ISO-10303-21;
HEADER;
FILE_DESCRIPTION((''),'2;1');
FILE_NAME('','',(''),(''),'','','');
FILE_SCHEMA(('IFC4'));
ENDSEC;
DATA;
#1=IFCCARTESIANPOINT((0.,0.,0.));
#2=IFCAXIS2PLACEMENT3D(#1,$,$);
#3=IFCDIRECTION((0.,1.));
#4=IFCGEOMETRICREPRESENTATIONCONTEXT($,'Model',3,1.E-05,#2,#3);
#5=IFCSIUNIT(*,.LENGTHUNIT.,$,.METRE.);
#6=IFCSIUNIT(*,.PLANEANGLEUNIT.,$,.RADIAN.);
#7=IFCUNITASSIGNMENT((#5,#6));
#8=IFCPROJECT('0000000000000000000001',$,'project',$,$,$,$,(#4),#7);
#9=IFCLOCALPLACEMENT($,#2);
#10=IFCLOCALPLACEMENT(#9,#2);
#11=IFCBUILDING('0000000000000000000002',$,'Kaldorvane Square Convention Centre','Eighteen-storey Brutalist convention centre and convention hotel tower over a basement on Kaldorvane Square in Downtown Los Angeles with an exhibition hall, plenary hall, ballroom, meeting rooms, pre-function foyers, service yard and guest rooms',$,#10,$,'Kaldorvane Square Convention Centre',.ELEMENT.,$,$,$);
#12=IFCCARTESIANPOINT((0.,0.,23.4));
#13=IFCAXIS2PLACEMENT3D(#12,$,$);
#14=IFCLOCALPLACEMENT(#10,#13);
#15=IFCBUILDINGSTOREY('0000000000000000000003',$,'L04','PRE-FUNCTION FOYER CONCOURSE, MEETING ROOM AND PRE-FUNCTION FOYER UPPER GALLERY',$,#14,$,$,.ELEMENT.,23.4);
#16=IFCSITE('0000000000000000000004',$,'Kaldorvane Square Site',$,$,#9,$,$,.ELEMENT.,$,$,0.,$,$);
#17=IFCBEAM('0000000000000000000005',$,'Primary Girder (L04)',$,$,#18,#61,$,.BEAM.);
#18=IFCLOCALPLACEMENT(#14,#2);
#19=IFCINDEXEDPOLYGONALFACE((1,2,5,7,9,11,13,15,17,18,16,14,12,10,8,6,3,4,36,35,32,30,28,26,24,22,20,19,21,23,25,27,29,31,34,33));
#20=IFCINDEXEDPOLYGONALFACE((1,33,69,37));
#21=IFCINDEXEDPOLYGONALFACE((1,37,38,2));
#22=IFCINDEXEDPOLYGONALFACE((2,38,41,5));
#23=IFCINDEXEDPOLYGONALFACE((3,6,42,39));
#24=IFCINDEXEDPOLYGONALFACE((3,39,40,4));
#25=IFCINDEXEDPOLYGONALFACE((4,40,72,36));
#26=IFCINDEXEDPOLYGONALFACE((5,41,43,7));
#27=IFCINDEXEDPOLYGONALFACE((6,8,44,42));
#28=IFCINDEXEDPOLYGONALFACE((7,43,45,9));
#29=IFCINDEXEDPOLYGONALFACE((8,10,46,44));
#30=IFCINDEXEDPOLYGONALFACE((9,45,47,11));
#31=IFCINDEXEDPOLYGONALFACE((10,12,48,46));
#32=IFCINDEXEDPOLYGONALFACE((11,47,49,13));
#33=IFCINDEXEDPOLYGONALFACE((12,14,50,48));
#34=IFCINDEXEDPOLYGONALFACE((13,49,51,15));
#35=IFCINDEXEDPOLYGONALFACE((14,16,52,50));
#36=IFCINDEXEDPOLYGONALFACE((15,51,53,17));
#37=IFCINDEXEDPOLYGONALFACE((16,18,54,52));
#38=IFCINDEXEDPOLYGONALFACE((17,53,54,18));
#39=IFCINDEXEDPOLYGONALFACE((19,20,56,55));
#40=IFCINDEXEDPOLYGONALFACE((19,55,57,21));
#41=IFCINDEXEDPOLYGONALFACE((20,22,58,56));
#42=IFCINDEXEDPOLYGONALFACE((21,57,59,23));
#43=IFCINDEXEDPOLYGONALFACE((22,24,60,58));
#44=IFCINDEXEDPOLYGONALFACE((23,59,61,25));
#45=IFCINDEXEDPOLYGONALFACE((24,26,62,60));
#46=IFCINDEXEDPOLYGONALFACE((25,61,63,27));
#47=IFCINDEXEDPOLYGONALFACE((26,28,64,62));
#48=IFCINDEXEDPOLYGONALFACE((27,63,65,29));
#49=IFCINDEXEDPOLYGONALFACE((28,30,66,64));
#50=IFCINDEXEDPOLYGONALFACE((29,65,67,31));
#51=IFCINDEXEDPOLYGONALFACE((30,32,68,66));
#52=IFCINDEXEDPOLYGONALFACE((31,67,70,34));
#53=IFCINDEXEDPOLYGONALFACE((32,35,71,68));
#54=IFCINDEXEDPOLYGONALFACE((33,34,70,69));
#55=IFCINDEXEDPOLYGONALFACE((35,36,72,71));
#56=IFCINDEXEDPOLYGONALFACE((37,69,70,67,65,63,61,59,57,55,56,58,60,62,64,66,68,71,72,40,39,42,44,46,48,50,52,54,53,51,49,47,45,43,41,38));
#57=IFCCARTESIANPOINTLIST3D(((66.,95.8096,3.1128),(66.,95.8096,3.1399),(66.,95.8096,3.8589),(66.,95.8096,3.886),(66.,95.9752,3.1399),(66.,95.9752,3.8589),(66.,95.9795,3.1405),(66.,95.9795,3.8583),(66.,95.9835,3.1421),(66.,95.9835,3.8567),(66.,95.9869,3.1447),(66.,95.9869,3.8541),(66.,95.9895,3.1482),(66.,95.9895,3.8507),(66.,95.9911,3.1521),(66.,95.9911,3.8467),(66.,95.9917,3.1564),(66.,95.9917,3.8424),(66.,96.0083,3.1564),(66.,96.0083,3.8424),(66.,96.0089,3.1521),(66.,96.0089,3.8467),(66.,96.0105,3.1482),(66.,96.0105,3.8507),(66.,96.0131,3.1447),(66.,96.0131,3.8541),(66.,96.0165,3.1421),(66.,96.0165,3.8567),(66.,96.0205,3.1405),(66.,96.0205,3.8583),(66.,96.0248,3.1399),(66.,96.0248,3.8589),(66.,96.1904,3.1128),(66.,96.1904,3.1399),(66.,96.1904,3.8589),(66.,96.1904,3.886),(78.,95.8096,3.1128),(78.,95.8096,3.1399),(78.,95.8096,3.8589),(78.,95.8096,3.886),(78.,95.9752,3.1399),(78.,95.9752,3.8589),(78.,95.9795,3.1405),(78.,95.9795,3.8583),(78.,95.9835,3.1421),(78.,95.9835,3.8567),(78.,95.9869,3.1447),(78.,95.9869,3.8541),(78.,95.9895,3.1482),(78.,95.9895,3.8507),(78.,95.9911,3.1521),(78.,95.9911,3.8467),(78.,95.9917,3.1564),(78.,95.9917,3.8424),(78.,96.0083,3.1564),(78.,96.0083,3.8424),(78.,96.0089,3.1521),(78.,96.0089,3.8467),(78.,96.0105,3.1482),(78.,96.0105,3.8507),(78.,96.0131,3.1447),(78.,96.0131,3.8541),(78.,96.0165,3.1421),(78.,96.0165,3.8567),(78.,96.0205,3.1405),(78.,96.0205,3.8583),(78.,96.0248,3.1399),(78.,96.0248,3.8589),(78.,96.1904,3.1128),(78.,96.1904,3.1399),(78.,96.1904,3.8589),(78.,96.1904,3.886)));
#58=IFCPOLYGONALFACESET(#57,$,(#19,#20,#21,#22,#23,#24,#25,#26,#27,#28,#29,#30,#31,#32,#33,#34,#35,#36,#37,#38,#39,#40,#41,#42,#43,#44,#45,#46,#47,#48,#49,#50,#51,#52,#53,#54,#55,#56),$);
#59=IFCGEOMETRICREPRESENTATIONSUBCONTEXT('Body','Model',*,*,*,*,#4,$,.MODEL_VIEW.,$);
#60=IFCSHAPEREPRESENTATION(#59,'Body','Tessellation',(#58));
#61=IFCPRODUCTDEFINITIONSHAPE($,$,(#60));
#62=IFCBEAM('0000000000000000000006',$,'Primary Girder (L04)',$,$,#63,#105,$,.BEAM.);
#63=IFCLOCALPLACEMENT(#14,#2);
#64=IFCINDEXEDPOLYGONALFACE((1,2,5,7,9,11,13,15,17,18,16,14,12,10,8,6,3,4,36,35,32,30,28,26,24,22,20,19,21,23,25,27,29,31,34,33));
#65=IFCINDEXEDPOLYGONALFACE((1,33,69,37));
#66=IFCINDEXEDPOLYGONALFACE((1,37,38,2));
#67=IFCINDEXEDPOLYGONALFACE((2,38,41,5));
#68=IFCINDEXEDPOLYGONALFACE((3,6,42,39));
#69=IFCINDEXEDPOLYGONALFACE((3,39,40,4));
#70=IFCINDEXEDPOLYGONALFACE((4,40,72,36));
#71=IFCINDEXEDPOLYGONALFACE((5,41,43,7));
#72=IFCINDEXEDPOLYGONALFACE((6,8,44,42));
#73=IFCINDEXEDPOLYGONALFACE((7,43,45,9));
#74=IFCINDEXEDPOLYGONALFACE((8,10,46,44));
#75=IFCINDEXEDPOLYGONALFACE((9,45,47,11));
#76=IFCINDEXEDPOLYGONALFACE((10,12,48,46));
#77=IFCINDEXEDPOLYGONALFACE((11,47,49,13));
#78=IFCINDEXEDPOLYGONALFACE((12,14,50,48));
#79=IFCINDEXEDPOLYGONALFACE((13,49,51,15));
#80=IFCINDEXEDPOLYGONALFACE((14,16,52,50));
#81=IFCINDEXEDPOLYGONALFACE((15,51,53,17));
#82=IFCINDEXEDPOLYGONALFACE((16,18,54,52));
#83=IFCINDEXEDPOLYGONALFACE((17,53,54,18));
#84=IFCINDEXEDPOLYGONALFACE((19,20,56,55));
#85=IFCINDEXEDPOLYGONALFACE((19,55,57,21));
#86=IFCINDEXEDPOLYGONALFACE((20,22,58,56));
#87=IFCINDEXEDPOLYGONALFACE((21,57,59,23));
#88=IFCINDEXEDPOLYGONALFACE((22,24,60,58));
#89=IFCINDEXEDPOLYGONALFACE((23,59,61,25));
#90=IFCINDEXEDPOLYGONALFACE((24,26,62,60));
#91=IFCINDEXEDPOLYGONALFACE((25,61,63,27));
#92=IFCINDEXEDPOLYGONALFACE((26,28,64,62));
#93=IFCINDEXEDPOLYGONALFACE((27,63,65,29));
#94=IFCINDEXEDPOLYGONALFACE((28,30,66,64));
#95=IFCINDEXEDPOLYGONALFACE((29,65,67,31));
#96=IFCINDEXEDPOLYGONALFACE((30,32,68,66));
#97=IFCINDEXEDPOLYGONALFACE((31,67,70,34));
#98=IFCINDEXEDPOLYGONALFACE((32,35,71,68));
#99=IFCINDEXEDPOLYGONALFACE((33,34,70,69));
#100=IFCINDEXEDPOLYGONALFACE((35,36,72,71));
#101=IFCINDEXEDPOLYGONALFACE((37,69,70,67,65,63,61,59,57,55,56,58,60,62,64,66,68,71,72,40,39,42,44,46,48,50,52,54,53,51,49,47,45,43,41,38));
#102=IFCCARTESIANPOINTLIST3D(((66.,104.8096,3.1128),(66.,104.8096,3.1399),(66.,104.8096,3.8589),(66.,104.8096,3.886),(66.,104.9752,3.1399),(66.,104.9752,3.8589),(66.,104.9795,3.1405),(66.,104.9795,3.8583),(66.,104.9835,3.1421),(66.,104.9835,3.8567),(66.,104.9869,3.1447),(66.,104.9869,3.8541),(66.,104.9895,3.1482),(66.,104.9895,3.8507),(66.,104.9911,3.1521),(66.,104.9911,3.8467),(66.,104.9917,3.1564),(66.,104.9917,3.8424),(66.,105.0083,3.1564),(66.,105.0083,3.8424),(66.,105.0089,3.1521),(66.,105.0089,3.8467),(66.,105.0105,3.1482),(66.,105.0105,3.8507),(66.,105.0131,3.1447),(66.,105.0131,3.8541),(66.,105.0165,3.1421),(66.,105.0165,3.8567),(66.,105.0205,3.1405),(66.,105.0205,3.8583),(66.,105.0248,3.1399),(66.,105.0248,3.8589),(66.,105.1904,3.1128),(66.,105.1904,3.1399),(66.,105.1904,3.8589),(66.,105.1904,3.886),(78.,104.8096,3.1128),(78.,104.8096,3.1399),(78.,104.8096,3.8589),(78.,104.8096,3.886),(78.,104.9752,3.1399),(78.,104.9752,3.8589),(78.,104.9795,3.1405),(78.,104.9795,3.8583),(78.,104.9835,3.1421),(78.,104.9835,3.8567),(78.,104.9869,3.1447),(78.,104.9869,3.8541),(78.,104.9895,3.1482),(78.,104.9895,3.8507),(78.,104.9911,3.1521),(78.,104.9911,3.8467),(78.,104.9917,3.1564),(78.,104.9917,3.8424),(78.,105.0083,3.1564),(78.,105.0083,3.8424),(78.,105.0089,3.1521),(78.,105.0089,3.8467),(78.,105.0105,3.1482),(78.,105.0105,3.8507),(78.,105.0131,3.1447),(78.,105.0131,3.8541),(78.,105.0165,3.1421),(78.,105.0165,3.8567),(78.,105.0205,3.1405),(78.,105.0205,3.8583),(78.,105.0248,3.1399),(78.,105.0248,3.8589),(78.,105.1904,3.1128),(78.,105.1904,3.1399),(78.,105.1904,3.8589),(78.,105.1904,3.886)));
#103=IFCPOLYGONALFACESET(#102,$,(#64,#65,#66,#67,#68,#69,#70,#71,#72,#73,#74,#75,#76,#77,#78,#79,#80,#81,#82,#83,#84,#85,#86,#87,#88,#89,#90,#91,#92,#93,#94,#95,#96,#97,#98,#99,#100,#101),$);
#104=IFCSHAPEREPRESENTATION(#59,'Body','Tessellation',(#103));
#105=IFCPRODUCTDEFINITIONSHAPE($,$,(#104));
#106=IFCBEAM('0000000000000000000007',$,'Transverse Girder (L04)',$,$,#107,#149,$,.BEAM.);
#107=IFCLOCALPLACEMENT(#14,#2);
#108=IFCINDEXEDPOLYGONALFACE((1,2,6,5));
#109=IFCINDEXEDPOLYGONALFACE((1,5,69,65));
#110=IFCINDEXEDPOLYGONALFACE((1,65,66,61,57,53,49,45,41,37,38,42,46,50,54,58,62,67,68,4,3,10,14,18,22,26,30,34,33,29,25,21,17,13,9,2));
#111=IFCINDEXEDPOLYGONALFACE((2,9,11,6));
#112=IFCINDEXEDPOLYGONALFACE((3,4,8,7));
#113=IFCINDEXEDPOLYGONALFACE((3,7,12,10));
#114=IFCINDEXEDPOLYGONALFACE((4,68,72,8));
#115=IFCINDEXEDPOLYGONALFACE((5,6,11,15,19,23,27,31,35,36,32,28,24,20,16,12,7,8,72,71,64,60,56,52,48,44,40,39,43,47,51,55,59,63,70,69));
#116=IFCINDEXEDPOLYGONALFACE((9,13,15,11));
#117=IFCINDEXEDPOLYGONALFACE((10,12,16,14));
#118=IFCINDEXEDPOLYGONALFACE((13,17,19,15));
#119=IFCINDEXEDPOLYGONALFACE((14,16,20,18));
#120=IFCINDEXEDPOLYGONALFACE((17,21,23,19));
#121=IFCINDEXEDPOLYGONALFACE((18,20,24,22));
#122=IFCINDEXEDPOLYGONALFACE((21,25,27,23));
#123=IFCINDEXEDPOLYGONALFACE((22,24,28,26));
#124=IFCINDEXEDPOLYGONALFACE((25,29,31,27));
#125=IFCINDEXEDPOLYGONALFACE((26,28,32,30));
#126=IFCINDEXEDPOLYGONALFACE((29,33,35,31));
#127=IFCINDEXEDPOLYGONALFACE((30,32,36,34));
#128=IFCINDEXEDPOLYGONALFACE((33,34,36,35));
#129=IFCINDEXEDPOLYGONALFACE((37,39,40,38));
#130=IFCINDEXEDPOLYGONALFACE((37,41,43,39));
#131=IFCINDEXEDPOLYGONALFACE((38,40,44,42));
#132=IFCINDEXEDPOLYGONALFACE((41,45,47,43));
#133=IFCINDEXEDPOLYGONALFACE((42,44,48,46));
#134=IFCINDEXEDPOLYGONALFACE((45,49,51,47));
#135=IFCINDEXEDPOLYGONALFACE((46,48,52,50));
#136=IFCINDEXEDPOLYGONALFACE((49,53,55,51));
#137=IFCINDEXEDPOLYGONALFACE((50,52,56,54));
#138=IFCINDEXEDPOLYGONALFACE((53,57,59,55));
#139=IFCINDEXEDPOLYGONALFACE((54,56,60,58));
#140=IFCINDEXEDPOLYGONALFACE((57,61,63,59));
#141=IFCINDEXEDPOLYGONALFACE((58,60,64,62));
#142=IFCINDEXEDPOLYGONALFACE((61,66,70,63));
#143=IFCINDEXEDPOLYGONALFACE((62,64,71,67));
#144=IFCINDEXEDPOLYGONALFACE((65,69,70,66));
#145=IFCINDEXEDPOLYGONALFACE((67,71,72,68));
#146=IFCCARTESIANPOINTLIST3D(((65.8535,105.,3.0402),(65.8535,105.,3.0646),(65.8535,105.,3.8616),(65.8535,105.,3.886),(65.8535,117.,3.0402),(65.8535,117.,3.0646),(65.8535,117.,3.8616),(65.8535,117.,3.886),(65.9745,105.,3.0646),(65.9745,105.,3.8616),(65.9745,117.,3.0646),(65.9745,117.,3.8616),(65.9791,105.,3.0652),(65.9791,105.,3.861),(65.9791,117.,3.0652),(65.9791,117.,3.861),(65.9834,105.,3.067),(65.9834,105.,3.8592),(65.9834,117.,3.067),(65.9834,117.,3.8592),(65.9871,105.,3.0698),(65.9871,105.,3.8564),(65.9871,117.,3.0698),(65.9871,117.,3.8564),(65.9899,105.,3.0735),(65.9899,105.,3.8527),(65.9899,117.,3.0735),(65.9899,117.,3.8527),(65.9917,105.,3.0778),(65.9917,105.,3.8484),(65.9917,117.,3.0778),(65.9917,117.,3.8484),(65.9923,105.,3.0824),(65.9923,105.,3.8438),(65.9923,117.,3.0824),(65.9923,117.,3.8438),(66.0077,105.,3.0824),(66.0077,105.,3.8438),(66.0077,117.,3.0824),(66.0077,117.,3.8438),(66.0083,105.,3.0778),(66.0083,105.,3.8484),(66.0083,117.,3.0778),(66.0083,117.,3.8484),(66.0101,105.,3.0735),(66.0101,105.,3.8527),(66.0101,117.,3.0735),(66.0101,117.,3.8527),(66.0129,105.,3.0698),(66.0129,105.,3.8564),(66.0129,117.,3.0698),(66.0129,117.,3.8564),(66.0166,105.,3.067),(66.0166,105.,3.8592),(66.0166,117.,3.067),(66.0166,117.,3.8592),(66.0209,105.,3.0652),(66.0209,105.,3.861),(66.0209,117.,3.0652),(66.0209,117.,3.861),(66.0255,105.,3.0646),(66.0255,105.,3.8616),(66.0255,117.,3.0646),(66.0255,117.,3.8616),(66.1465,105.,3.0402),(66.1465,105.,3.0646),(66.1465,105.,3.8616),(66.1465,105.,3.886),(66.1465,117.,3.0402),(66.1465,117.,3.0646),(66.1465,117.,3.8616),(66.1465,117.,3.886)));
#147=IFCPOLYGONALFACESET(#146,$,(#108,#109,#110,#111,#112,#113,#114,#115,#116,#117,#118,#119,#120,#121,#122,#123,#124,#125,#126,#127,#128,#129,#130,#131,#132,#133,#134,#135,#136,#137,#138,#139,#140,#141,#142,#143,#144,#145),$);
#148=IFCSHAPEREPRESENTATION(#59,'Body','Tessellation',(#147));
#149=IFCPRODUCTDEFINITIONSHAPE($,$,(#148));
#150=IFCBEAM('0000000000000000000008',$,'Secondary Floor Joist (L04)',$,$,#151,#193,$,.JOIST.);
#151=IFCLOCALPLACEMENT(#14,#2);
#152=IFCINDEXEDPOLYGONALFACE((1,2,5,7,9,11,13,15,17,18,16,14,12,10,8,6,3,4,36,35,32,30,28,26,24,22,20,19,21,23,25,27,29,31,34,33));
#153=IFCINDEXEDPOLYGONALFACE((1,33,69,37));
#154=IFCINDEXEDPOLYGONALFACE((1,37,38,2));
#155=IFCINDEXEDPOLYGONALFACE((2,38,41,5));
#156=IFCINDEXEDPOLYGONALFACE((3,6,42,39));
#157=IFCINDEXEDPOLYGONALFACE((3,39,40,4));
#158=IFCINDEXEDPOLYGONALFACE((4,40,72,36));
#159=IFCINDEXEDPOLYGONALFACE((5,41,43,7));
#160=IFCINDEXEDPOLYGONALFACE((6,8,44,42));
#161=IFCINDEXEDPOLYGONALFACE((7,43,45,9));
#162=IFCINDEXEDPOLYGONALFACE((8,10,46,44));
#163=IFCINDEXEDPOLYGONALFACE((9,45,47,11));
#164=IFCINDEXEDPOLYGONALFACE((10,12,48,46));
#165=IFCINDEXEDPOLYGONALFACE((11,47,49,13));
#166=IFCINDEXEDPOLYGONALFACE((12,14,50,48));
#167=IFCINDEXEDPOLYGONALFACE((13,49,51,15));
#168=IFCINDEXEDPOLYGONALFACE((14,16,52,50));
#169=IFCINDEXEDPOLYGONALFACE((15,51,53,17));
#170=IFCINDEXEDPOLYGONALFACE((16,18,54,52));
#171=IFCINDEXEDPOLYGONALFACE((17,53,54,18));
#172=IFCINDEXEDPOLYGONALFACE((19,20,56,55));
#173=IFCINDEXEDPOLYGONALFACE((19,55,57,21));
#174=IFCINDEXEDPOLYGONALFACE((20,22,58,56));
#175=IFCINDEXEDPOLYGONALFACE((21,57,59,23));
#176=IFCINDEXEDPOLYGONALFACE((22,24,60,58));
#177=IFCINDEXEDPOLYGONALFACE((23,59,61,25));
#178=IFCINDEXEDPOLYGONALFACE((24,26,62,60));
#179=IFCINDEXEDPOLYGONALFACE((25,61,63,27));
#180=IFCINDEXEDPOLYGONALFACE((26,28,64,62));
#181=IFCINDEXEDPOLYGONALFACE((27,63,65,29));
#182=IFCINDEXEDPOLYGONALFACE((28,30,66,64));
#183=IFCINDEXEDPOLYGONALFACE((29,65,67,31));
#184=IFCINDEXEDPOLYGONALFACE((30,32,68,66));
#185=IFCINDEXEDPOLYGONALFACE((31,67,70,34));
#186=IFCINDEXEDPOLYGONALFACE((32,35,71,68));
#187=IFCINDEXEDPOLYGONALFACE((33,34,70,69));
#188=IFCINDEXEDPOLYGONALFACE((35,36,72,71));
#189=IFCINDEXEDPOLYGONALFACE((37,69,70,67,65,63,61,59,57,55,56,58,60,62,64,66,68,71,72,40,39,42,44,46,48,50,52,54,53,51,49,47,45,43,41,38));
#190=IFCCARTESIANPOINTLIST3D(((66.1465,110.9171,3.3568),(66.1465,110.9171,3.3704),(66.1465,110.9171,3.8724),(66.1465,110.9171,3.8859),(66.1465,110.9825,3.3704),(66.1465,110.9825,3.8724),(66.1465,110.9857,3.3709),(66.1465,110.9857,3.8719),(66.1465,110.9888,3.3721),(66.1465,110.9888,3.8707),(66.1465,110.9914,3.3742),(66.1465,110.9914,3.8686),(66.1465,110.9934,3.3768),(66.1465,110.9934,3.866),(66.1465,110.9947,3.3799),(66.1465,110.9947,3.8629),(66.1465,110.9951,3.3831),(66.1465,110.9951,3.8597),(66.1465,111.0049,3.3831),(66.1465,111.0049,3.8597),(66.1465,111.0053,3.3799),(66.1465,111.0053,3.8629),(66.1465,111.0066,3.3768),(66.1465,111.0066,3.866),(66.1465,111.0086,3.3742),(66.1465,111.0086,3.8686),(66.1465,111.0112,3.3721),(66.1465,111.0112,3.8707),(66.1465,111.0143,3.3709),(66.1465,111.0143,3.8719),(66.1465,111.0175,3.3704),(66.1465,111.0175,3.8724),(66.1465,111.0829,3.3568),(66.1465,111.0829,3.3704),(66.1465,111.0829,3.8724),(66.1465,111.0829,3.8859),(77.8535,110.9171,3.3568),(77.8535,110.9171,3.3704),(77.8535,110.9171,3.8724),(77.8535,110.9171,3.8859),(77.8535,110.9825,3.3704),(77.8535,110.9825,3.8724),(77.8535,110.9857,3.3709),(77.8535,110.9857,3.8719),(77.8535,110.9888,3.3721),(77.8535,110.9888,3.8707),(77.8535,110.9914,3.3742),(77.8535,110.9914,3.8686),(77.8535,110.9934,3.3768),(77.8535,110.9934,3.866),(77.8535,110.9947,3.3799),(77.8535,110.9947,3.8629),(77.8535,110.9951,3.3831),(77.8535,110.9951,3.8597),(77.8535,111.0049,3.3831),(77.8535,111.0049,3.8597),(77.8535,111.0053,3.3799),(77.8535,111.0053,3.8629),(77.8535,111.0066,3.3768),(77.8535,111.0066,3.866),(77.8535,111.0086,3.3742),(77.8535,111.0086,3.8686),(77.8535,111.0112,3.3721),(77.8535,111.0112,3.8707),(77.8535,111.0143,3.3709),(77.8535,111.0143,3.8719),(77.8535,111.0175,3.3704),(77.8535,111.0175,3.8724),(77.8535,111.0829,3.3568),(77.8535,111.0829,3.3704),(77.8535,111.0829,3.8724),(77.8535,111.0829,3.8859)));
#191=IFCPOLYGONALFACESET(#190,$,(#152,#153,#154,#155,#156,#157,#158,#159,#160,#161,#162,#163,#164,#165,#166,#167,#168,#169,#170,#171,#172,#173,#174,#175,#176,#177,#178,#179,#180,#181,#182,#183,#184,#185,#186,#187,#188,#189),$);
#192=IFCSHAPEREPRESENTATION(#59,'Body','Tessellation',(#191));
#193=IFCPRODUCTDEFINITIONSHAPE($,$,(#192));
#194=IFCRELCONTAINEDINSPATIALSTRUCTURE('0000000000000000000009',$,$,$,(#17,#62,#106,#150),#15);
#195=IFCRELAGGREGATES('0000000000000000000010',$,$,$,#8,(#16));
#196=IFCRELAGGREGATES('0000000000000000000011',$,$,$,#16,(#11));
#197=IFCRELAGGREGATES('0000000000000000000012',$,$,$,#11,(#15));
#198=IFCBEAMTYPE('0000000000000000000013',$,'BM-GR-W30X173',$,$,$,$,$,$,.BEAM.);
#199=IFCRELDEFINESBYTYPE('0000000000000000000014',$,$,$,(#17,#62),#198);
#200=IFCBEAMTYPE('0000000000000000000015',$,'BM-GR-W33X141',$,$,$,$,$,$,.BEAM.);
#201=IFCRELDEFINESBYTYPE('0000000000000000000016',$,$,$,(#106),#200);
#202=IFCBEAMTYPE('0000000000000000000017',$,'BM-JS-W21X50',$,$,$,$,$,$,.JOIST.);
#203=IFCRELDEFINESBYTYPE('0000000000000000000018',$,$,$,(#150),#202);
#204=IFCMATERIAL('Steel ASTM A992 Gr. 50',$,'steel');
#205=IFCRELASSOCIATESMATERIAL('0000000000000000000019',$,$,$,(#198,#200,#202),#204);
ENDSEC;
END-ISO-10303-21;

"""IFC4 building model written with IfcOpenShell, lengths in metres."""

from ifc_helpers import new_model, si_unit, direction, frame, origin, origin_2d, place, context, subcontext, project, spatial, i_section, extrude, material, material_profile, profile_set, type_object, element, save


model = new_model("IFC4")

# Units and contexts
model_context = context("Model", 3, precision=1e-05, world=origin(), true_north=direction((0.0, 1.0)))
body_context = subcontext(model_context, "Body", "Model", "MODEL_VIEW")
ifc_project = project(units=[si_unit("LENGTHUNIT", "METRE"), si_unit("PLANEANGLEUNIT", "RADIAN")], contexts=[model_context])

# Site, building, storey
site_placement = place(None, origin())
site = spatial("IfcSite", under=ifc_project, at=site_placement, Name="Kaldorvane Square Site", CompositionType="ELEMENT", RefElevation=0.0)
building_placement = place(site_placement, origin())
building = spatial("IfcBuilding", under=site, at=building_placement, Name="Kaldorvane Square Convention Centre", Description="Eighteen-storey Brutalist convention centre and convention hotel tower over a basement on Kaldorvane Square in Downtown Los Angeles with an exhibition hall, plenary hall, ballroom, meeting rooms, pre-function foyers, service yard and guest rooms", LongName="Kaldorvane Square Convention Centre", CompositionType="ELEMENT")
storey_placement = place(building_placement, frame((0.0, 0.0, 23.4)))
storey = spatial("IfcBuildingStorey", under=building, at=storey_placement, Name="L04", Description="PRE-FUNCTION FOYER CONCOURSE, MEETING ROOM AND PRE-FUNCTION FOYER UPPER GALLERY", CompositionType="ELEMENT", Elevation=23.4)

# Shared definitions
ifc_material_1 = material(Name="Steel ASTM A992 Gr. 50", Category="steel")

# Beams
ifc_material_profile_1 = material_profile(ifc_material_1, i_section(OverallWidth=0.3807, OverallDepth=0.7732, WebThickness=0.0166, FlangeThickness=0.0271, FilletRadius=0.0165, at=origin_2d()), Name="W30X173")
ifc_profile_set_1 = profile_set([ifc_material_profile_1], Name="Steel ASTM A992 Gr. 50")
beam_type_1 = type_object("IfcBeamType", Name="BM-GR-W30X173", PredefinedType="BEAM", material=ifc_profile_set_1)
for number, where, z_axis, x_axis, name in (
    (1, (66.0, 96.0, 3.4994), (1.0, 0.0, 0.0), (0.0, 1.0, 0.0), "Primary Girder (L04)"),
    (2, (66.0, 105.0, 3.4994), (1.0, 0.0, 0.0), (0.0, 1.0, 0.0), "Primary Girder (L04)"),
):
    element("IfcBeam", number, at=place(storey_placement, frame(where, z_axis=z_axis, x_axis=x_axis)), inside=storey, type_object=beam_type_1, Name=name, PredefinedType="BEAM", context=body_context, shape_type="SweptSolid", body=[
        extrude(i_section(OverallWidth=0.3807, OverallDepth=0.7732, WebThickness=0.0166, FlangeThickness=0.0271, FilletRadius=0.0165, at=origin_2d()), origin(), (0.0, 0.0, 1.0), 12.0),
    ])
ifc_material_profile_2 = material_profile(ifc_material_1, i_section(OverallWidth=0.293, OverallDepth=0.8458, WebThickness=0.0154, FlangeThickness=0.0244, FilletRadius=0.0178, at=origin_2d()), Name="W33X141")
ifc_profile_set_2 = profile_set([ifc_material_profile_2], Name="Steel ASTM A992 Gr. 50")
beam_type_2 = type_object("IfcBeamType", Name="BM-GR-W33X141", PredefinedType="BEAM", material=ifc_profile_set_2)
beam_1_placement = place(storey_placement, frame((66.0, 105.0, 3.4631), z_axis=(0.0, 1.0, 0.0), x_axis=(-1.0, 0.0, 0.0)))
element("IfcBeam", 3, at=beam_1_placement, inside=storey, type_object=beam_type_2, Name="Transverse Girder (L04)", PredefinedType="BEAM", context=body_context, shape_type="SweptSolid", body=[
    extrude(i_section(OverallWidth=0.293, OverallDepth=0.8458, WebThickness=0.0154, FlangeThickness=0.0244, FilletRadius=0.0178, at=origin_2d()), origin(), (0.0, 0.0, 1.0), 12.0),
])
ifc_material_profile_3 = material_profile(ifc_material_1, i_section(OverallWidth=0.1659, OverallDepth=0.5291, WebThickness=0.0097, FlangeThickness=0.0136, FilletRadius=0.0127, at=origin_2d()), Name="W21X50")
ifc_profile_set_3 = profile_set([ifc_material_profile_3], Name="Steel ASTM A992 Gr. 50")
beam_type_3 = type_object("IfcBeamType", Name="BM-JS-W21X50", PredefinedType="JOIST", material=ifc_profile_set_3)
beam_2_placement = place(storey_placement, frame((66.1465, 111.0, 3.6214), z_axis=(1.0, 0.0, 0.0), x_axis=(0.0, 1.0, 0.0)))
element("IfcBeam", 4, at=beam_2_placement, inside=storey, type_object=beam_type_3, Name="Secondary Floor Joist (L04)", PredefinedType="JOIST", context=body_context, shape_type="SweptSolid", body=[
    extrude(i_section(OverallWidth=0.1659, OverallDepth=0.5291, WebThickness=0.0097, FlangeThickness=0.0136, FilletRadius=0.0127, at=origin_2d()), origin(), (0.0, 0.0, 1.0), 11.707),
])

save(model, "model.ifc")
